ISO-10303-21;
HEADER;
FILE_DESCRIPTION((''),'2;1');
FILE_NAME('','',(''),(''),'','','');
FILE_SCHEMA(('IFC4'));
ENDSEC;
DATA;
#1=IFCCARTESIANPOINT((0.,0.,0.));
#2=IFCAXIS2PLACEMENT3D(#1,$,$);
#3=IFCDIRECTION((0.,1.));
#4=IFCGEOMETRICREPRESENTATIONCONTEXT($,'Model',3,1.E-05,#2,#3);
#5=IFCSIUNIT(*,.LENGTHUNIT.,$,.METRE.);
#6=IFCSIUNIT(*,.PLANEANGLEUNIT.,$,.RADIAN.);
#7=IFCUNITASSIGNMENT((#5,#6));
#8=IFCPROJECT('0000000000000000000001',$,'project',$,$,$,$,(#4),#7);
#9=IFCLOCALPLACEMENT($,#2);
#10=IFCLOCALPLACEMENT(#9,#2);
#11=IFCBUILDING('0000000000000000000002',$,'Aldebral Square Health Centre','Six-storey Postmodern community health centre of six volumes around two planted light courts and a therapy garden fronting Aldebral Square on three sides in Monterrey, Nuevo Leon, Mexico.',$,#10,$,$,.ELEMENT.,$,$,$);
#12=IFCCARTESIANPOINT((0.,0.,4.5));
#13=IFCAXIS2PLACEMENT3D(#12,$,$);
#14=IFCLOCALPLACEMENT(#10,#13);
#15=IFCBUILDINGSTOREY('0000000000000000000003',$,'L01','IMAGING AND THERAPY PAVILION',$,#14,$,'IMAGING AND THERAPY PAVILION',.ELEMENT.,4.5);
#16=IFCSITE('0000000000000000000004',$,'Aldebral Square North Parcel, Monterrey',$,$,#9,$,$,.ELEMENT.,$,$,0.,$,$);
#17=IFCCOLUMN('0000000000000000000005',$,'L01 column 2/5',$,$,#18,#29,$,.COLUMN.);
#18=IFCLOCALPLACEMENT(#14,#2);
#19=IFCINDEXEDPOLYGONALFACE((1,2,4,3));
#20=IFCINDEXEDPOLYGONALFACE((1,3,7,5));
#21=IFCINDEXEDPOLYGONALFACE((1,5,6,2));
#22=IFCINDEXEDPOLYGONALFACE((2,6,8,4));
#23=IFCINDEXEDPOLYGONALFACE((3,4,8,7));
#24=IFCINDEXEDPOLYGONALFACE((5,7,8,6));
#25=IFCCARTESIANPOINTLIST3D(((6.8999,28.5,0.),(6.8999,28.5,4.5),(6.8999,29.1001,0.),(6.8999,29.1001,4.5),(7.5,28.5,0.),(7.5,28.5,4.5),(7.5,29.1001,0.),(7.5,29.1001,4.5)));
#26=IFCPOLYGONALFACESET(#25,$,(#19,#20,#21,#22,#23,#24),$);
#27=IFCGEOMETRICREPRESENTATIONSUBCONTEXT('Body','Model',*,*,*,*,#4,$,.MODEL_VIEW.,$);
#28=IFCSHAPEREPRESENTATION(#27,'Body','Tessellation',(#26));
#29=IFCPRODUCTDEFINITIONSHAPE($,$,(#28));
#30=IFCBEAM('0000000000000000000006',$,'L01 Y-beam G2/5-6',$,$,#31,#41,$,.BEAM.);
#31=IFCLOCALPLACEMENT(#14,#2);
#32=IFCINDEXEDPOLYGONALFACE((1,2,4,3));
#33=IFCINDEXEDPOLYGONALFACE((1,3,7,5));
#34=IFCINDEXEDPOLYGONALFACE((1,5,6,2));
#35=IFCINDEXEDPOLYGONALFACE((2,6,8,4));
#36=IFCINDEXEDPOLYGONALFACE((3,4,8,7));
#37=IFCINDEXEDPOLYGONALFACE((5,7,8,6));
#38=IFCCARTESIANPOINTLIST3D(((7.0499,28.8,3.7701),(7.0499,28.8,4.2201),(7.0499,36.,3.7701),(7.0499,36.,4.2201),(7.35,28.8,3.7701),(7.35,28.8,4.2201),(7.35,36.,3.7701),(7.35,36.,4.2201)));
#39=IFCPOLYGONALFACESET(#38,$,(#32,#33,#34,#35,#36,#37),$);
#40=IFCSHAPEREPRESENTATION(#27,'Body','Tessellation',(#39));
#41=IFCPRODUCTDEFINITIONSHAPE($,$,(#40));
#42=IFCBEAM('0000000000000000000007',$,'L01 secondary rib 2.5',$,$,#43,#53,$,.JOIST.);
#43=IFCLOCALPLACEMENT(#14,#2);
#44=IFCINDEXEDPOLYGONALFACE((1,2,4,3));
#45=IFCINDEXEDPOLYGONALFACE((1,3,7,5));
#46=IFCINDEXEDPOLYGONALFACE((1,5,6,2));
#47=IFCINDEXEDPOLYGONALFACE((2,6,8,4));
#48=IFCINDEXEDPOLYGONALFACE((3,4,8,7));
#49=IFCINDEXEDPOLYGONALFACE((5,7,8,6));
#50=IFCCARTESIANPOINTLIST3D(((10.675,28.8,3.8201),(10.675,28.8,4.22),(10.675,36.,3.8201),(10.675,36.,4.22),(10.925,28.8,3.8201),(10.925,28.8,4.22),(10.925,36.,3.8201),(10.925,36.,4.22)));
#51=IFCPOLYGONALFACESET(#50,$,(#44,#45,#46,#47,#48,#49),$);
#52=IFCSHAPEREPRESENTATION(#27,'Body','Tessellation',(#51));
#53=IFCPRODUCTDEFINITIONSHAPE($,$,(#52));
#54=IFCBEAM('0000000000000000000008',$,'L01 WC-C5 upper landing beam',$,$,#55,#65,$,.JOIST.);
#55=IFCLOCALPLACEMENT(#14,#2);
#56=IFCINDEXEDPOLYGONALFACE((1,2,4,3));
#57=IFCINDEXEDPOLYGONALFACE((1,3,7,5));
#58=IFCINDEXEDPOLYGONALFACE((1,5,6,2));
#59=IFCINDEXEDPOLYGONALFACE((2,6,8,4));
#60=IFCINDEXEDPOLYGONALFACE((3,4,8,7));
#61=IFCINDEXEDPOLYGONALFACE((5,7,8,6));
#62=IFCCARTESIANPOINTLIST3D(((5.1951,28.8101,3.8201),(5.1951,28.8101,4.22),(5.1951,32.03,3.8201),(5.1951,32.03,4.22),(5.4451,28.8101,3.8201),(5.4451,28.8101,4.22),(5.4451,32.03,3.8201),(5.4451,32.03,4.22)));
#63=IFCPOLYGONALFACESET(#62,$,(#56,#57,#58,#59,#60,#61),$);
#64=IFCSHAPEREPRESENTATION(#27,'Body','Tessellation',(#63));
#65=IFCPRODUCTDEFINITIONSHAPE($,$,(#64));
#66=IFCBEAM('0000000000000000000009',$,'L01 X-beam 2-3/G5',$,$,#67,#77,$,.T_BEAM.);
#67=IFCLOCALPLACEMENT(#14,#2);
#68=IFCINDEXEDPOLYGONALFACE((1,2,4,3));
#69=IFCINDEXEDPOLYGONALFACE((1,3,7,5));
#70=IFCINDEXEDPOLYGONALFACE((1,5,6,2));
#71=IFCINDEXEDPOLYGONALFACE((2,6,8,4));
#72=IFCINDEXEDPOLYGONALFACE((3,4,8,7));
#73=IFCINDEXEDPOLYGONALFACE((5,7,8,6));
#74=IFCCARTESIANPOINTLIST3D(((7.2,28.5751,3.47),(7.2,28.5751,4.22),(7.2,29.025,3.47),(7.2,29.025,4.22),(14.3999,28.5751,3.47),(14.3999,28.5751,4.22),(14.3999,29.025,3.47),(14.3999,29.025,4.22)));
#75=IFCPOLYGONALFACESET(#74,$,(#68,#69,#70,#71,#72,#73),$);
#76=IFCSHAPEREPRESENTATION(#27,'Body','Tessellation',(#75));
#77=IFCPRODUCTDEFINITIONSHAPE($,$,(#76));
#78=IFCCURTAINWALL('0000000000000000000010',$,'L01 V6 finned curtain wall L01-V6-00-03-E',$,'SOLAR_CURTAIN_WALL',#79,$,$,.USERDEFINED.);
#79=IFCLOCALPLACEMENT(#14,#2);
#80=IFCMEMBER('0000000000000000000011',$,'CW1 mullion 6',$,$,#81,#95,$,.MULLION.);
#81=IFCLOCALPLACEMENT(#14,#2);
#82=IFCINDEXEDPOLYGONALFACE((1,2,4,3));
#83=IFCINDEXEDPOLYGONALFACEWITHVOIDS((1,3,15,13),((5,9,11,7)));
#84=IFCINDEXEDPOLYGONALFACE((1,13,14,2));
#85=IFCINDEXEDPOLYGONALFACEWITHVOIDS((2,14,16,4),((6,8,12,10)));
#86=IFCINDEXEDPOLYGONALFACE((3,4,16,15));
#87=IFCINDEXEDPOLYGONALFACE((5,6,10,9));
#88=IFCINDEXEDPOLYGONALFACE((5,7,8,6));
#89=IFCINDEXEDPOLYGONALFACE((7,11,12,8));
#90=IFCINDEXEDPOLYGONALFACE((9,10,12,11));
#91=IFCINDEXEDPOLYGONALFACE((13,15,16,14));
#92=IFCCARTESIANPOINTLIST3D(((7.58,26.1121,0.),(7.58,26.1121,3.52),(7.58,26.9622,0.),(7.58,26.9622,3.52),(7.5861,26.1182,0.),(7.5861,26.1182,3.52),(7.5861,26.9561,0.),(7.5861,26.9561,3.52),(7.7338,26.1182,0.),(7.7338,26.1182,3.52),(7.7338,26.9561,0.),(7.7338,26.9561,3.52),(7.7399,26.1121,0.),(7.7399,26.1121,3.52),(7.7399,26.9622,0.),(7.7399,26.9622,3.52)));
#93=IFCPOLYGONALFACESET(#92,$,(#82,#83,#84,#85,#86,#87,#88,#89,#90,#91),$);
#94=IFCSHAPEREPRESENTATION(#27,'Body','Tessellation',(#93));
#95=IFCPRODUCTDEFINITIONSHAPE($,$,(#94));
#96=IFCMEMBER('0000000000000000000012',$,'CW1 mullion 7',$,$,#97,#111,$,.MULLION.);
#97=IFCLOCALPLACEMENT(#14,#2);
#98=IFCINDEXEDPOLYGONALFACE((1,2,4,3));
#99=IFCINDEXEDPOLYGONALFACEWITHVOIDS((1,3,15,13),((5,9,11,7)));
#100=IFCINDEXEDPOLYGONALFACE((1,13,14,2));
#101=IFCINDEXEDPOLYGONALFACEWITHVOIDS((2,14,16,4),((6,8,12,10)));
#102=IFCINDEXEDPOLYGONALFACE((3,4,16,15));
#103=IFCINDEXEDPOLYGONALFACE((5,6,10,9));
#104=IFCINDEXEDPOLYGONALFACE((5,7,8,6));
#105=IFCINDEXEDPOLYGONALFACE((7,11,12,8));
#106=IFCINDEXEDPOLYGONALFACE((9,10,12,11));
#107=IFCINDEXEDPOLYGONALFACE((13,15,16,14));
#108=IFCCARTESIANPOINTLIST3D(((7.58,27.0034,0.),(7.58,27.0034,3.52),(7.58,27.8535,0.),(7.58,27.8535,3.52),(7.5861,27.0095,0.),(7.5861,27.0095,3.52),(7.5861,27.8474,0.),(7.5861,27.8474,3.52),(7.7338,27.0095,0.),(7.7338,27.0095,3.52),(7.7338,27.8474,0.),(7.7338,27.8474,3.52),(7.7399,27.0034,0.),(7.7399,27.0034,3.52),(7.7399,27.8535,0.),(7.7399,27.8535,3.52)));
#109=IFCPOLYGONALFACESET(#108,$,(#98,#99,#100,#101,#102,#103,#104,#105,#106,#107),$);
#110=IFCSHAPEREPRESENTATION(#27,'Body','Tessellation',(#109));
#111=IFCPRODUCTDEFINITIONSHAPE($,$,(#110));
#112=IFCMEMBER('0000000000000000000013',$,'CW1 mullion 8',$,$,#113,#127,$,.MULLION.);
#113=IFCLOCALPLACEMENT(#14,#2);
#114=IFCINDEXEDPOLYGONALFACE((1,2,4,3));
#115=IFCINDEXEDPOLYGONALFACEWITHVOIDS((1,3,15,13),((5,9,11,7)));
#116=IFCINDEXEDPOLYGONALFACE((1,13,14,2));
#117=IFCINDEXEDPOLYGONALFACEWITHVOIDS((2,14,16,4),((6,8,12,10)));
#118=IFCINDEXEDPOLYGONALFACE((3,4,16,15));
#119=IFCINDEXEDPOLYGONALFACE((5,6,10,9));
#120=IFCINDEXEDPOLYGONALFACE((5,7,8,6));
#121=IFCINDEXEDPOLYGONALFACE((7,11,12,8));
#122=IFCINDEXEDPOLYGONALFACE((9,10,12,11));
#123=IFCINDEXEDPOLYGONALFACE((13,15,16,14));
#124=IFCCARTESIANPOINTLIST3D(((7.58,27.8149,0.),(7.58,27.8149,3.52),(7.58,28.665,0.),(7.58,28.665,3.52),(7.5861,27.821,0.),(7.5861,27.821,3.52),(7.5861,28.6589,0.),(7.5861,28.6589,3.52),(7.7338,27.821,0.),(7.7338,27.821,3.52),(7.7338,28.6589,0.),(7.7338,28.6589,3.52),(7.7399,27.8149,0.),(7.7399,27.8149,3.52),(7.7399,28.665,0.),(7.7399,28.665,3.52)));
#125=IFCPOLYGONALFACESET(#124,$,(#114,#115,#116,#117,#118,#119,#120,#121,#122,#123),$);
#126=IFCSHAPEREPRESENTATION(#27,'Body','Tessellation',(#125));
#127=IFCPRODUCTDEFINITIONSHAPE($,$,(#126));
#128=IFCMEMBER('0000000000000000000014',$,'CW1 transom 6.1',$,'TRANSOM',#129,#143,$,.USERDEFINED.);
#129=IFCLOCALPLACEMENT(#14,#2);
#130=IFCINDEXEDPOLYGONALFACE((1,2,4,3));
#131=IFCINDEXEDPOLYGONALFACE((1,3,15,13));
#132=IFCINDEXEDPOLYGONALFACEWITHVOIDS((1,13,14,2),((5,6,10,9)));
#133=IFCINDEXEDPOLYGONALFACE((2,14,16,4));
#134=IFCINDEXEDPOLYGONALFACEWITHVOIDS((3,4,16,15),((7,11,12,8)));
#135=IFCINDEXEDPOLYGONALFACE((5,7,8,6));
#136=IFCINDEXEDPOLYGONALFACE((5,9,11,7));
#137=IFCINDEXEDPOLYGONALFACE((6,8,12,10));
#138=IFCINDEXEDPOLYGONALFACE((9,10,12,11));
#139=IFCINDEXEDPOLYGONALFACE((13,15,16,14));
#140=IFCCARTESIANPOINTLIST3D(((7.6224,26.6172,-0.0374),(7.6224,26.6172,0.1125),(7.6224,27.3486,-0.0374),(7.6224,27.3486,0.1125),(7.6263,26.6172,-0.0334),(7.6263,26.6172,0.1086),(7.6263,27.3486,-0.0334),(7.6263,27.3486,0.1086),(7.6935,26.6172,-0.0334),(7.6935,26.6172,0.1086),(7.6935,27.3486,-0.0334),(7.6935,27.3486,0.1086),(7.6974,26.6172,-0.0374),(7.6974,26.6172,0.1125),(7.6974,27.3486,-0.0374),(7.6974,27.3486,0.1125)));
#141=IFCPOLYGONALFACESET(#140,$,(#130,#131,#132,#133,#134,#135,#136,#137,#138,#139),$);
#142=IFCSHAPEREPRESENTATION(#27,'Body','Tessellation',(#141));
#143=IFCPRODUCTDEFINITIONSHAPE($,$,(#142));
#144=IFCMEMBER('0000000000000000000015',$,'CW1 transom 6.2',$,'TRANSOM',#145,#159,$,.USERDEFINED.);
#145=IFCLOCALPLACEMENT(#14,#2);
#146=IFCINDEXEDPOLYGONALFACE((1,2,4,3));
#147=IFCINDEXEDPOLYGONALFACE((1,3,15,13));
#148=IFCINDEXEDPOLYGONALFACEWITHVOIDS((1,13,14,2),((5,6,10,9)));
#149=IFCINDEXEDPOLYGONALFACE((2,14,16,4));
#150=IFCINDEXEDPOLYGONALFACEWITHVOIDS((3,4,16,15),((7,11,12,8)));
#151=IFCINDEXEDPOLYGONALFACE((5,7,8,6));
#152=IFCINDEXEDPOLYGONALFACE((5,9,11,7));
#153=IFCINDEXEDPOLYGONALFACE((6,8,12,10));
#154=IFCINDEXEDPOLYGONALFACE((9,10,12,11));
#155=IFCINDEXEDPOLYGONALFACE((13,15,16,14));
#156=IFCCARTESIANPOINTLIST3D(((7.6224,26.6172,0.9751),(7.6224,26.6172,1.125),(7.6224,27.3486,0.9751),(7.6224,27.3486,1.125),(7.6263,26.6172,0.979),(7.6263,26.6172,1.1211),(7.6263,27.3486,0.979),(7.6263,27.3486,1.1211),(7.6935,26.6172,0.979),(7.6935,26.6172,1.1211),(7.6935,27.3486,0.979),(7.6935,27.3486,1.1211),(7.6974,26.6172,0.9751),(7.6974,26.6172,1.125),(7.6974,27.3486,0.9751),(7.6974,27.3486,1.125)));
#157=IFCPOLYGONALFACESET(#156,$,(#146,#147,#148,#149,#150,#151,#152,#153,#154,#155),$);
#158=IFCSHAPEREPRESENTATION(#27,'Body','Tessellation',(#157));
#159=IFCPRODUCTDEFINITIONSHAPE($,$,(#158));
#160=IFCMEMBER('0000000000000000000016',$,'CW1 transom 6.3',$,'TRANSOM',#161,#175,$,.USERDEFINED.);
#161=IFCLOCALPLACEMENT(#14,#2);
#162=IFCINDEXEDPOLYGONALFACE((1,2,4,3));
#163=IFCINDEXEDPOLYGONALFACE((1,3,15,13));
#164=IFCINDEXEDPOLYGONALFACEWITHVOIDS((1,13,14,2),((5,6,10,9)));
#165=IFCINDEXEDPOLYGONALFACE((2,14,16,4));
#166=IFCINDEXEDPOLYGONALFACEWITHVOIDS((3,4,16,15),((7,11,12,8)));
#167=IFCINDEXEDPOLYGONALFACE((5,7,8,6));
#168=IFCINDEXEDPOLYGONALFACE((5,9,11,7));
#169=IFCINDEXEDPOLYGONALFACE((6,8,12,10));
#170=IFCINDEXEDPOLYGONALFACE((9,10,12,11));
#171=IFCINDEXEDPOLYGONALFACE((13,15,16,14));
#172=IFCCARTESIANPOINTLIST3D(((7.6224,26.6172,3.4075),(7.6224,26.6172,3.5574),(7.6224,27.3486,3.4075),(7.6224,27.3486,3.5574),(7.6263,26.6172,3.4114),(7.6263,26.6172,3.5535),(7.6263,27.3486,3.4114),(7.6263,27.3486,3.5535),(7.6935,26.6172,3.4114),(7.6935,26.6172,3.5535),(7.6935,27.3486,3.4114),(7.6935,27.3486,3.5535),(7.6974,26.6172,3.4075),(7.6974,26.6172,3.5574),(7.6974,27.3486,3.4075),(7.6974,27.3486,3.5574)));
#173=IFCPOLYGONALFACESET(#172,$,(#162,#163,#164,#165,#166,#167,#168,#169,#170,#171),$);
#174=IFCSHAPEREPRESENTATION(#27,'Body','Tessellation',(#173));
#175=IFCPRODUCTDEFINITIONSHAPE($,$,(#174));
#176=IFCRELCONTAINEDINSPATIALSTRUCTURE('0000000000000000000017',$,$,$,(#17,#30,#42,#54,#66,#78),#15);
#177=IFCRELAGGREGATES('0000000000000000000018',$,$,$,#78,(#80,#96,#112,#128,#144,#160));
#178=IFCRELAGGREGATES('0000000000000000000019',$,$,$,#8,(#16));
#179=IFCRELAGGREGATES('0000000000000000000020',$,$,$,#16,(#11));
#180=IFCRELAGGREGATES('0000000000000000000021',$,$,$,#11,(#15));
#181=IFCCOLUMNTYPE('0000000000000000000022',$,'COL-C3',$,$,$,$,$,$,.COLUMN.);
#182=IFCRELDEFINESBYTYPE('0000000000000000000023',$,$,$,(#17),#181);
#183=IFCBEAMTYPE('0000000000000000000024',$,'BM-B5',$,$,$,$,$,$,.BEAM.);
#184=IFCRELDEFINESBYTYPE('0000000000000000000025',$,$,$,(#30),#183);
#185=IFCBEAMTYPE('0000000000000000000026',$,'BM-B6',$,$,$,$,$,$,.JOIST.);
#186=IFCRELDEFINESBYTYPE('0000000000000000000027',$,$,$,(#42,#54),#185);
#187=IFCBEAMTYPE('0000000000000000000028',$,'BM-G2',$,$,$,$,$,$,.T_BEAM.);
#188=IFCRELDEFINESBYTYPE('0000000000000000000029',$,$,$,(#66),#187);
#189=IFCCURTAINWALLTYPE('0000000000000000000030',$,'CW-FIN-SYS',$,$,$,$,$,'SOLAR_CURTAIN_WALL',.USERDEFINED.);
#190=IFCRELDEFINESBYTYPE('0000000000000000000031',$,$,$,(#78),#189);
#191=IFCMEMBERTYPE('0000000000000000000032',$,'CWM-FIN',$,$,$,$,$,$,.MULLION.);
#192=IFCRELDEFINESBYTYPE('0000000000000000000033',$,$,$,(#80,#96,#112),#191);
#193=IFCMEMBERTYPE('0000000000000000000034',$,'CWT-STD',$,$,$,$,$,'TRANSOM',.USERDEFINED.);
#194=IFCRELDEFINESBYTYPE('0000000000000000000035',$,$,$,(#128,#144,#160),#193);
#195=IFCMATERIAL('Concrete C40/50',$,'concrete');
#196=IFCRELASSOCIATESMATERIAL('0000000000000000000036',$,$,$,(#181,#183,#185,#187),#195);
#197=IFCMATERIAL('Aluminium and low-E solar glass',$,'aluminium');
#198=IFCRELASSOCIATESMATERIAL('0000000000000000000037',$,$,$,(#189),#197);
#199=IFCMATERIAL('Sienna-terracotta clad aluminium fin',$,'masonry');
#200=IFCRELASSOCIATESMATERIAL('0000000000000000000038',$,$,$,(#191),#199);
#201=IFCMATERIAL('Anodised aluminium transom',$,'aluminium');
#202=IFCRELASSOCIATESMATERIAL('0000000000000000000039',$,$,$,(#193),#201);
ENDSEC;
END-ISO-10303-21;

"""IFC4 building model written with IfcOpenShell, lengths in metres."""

from ifc_helpers import new_model, si_unit, direction, frame, origin, origin_2d, place, context, subcontext, project, spatial, rectangle, hollow_rectangle, extrude, material, material_profile, profile_set, type_object, element, aggregate, save


model = new_model("IFC4")

# Units and contexts
model_context = context("Model", 3, precision=1e-05, world=origin(), true_north=direction((0.0, 1.0)))
body_context = subcontext(model_context, "Body", "Model", "MODEL_VIEW")
ifc_project = project(units=[si_unit("LENGTHUNIT", "METRE"), si_unit("PLANEANGLEUNIT", "RADIAN")], contexts=[model_context])

# Site, building, storey
site_placement = place(None, origin())
site = spatial("IfcSite", under=ifc_project, at=site_placement, Name="Aldebral Square North Parcel, Monterrey", CompositionType="ELEMENT", RefElevation=0.0)
building_placement = place(site_placement, origin())
building = spatial("IfcBuilding", under=site, at=building_placement, Name="Aldebral Square Health Centre", Description="Six-storey Postmodern community health centre of six volumes around two planted light courts and a therapy garden fronting Aldebral Square on three sides in Monterrey, Nuevo Leon, Mexico.", CompositionType="ELEMENT")
storey_placement = place(building_placement, frame((0.0, 0.0, 4.5)))
storey = spatial("IfcBuildingStorey", under=building, at=storey_placement, Name="L01", Description="IMAGING AND THERAPY PAVILION", LongName="IMAGING AND THERAPY PAVILION", CompositionType="ELEMENT", Elevation=4.5)

# Column
ifc_material_1 = material(Name="Concrete C40/50", Category="concrete")
ifc_material_profile_1 = material_profile(ifc_material_1, rectangle(XDim=0.6001, YDim=0.6001, at=origin_2d()), Name="RC 600x600")
ifc_profile_set_1 = profile_set([ifc_material_profile_1], Name="Concrete C40/50")
column_type = type_object("IfcColumnType", Name="COL-C3", PredefinedType="COLUMN", material=ifc_profile_set_1)
column_placement = place(storey_placement, frame((7.2, 28.8, 0.0), z_axis=(0.0, 0.0, 1.0), x_axis=(1.0, 0.0, 0.0)))
element("IfcColumn", 1, at=column_placement, inside=storey, type_object=column_type, Name="L01 column 2/5", PredefinedType="COLUMN", context=body_context, shape_type="SweptSolid", body=[
    extrude(rectangle(XDim=0.6001, YDim=0.6001, at=origin_2d()), origin(), (0.0, 0.0, 1.0), 4.5),
])

# Beams
ifc_material_profile_2 = material_profile(ifc_material_1, rectangle(XDim=0.3, YDim=0.45, at=origin_2d()), Name="RC 300x450")
ifc_profile_set_2 = profile_set([ifc_material_profile_2], Name="Concrete C40/50")
beam_type_1 = type_object("IfcBeamType", Name="BM-B5", PredefinedType="BEAM", material=ifc_profile_set_2)
beam_1_placement = place(storey_placement, frame((7.2, 28.8, 3.9951), z_axis=(0.0, 1.0, 0.0), x_axis=(-1.0, 0.0, 0.0)))
element("IfcBeam", 2, at=beam_1_placement, inside=storey, type_object=beam_type_1, Name="L01 Y-beam G2/5-6", PredefinedType="BEAM", context=body_context, shape_type="SweptSolid", body=[
    extrude(rectangle(XDim=0.3, YDim=0.45, at=origin_2d()), origin(), (0.0, 0.0, 1.0), 7.2),
])
ifc_material_profile_3 = material_profile(ifc_material_1, rectangle(XDim=0.25, YDim=0.3999, at=origin_2d()), Name="RC 250x400")
ifc_profile_set_3 = profile_set([ifc_material_profile_3], Name="Concrete C40/50")
beam_type_2 = type_object("IfcBeamType", Name="BM-B6", PredefinedType="JOIST", material=ifc_profile_set_3)
beam_2_placement = place(storey_placement, frame((10.8, 28.8, 4.02), z_axis=(0.0, 1.0, 0.0), x_axis=(-1.0, 0.0, 0.0)))
element("IfcBeam", 3, at=beam_2_placement, inside=storey, type_object=beam_type_2, Name="L01 secondary rib 2.5", PredefinedType="JOIST", context=body_context, shape_type="SweptSolid", body=[
    extrude(rectangle(XDim=0.25, YDim=0.3999, at=origin_2d()), origin(), (0.0, 0.0, 1.0), 7.2),
])
beam_3_placement = place(storey_placement, frame((5.3201, 28.8101, 4.02), z_axis=(0.0, 1.0, 0.0), x_axis=(-1.0, 0.0, 0.0)))
element("IfcBeam", 4, at=beam_3_placement, inside=storey, type_object=beam_type_2, Name="L01 WC-C5 upper landing beam", PredefinedType="JOIST", context=body_context, shape_type="SweptSolid", body=[
    extrude(rectangle(XDim=0.25, YDim=0.3999, at=origin_2d()), origin(), (0.0, 0.0, 1.0), 3.22),
])
ifc_material_profile_4 = material_profile(ifc_material_1, rectangle(XDim=0.45, YDim=0.75, at=origin_2d()), Name="RC 450x750")
ifc_profile_set_4 = profile_set([ifc_material_profile_4], Name="Concrete C40/50")
beam_type_3 = type_object("IfcBeamType", Name="BM-G2", PredefinedType="T_BEAM", material=ifc_profile_set_4)
beam_4_placement = place(storey_placement, frame((7.2, 28.8, 3.845), z_axis=(1.0, 0.0, 0.0), x_axis=(0.0, 1.0, 0.0)))
element("IfcBeam", 5, at=beam_4_placement, inside=storey, type_object=beam_type_3, Name="L01 X-beam 2-3/G5", PredefinedType="T_BEAM", context=body_context, shape_type="SweptSolid", body=[
    extrude(rectangle(XDim=0.45, YDim=0.75, at=origin_2d()), origin(), (0.0, 0.0, 1.0), 7.2),
])

# Curtain wall, members
ifc_material_2 = material(Name="Aluminium and low-E solar glass", Category="aluminium")
curtain_wall_type = type_object("IfcCurtainWallType", Name="CW-FIN-SYS", ElementType="SOLAR_CURTAIN_WALL", PredefinedType="USERDEFINED", material=ifc_material_2)
curtain_wall_placement = place(storey_placement, origin())
curtain_wall = element("IfcCurtainWall", 6, at=curtain_wall_placement, inside=storey, type_object=curtain_wall_type, Name="L01 V6 finned curtain wall L01-V6-00-03-E", ObjectType="SOLAR_CURTAIN_WALL", PredefinedType="USERDEFINED")
ifc_material_3 = material(Name="Sienna-terracotta clad aluminium fin", Category="masonry")
ifc_material_profile_5 = material_profile(ifc_material_3, hollow_rectangle(XDim=0.1599, YDim=0.8501, WallThickness=0.0061, at=origin_2d()), Name="FIN 160x850x6")
ifc_profile_set_5 = profile_set([ifc_material_profile_5], Name="Sienna-terracotta clad aluminium fin")
member_type_1 = type_object("IfcMemberType", Name="CWM-FIN", PredefinedType="MULLION", material=ifc_profile_set_5)
member_1_placement = place(storey_placement, frame((7.6599, 26.5371, 0.0), z_axis=(0.0, 0.0, 1.0), x_axis=(-1.0, 0.0, 0.0)))
member_1 = element("IfcMember", 7, at=member_1_placement, type_object=member_type_1, Name="CW1 mullion 6", PredefinedType="MULLION", context=body_context, shape_type="SweptSolid", body=[
    extrude(hollow_rectangle(XDim=0.1599, YDim=0.8501, WallThickness=0.0061, at=origin_2d()), origin(), (0.0, 0.0, 1.0), 3.52),
])
member_2_placement = place(storey_placement, frame((7.6599, 27.4285, 0.0), z_axis=(0.0, 0.0, 1.0), x_axis=(-1.0, 0.0, 0.0)))
member_2 = element("IfcMember", 8, at=member_2_placement, type_object=member_type_1, Name="CW1 mullion 7", PredefinedType="MULLION", context=body_context, shape_type="SweptSolid", body=[
    extrude(hollow_rectangle(XDim=0.1599, YDim=0.8501, WallThickness=0.0061, at=origin_2d()), origin(), (0.0, 0.0, 1.0), 3.52),
])
member_3_placement = place(storey_placement, frame((7.6599, 28.24, 0.0), z_axis=(0.0, 0.0, 1.0), x_axis=(-1.0, 0.0, 0.0)))
member_3 = element("IfcMember", 9, at=member_3_placement, type_object=member_type_1, Name="CW1 mullion 8", PredefinedType="MULLION", context=body_context, shape_type="SweptSolid", body=[
    extrude(hollow_rectangle(XDim=0.1599, YDim=0.8501, WallThickness=0.0061, at=origin_2d()), origin(), (0.0, 0.0, 1.0), 3.52),
])
ifc_material_4 = material(Name="Anodised aluminium transom", Category="aluminium")
ifc_material_profile_6 = material_profile(ifc_material_4, hollow_rectangle(XDim=0.075, YDim=0.1499, WallThickness=0.0039, at=origin_2d()), Name="CWT 75x150x4")
ifc_profile_set_6 = profile_set([ifc_material_profile_6], Name="Anodised aluminium transom")
member_type_2 = type_object("IfcMemberType", Name="CWT-STD", ElementType="TRANSOM", PredefinedType="USERDEFINED", material=ifc_profile_set_6)
member_4_placement = place(storey_placement, frame((7.6599, 26.6172, 0.0376), z_axis=(0.0, 1.0, 0.0), x_axis=(-1.0, 0.0, 0.0)))
member_4 = element("IfcMember", 10, at=member_4_placement, type_object=member_type_2, Name="CW1 transom 6.1", ObjectType="TRANSOM", PredefinedType="USERDEFINED", context=body_context, shape_type="SweptSolid", body=[
    extrude(hollow_rectangle(XDim=0.075, YDim=0.1499, WallThickness=0.0039, at=origin_2d()), origin(), (0.0, 0.0, 1.0), 0.7314),
])
member_5_placement = place(storey_placement, frame((7.6599, 26.6172, 1.05), z_axis=(0.0, 1.0, 0.0), x_axis=(-1.0, 0.0, 0.0)))
member_5 = element("IfcMember", 11, at=member_5_placement, type_object=member_type_2, Name="CW1 transom 6.2", ObjectType="TRANSOM", PredefinedType="USERDEFINED", context=body_context, shape_type="SweptSolid", body=[
    extrude(hollow_rectangle(XDim=0.075, YDim=0.1499, WallThickness=0.0039, at=origin_2d()), origin(), (0.0, 0.0, 1.0), 0.7314),
])
member_6_placement = place(storey_placement, frame((7.6599, 26.6172, 3.4824), z_axis=(0.0, 1.0, 0.0), x_axis=(-1.0, 0.0, 0.0)))
member_6 = element("IfcMember", 12, at=member_6_placement, type_object=member_type_2, Name="CW1 transom 6.3", ObjectType="TRANSOM", PredefinedType="USERDEFINED", context=body_context, shape_type="SweptSolid", body=[
    extrude(hollow_rectangle(XDim=0.075, YDim=0.1499, WallThickness=0.0039, at=origin_2d()), origin(), (0.0, 0.0, 1.0), 0.7314),
])
aggregate(curtain_wall, [member_1, member_2, member_3, member_4, member_5, member_6])

save(model, "model.ifc")
